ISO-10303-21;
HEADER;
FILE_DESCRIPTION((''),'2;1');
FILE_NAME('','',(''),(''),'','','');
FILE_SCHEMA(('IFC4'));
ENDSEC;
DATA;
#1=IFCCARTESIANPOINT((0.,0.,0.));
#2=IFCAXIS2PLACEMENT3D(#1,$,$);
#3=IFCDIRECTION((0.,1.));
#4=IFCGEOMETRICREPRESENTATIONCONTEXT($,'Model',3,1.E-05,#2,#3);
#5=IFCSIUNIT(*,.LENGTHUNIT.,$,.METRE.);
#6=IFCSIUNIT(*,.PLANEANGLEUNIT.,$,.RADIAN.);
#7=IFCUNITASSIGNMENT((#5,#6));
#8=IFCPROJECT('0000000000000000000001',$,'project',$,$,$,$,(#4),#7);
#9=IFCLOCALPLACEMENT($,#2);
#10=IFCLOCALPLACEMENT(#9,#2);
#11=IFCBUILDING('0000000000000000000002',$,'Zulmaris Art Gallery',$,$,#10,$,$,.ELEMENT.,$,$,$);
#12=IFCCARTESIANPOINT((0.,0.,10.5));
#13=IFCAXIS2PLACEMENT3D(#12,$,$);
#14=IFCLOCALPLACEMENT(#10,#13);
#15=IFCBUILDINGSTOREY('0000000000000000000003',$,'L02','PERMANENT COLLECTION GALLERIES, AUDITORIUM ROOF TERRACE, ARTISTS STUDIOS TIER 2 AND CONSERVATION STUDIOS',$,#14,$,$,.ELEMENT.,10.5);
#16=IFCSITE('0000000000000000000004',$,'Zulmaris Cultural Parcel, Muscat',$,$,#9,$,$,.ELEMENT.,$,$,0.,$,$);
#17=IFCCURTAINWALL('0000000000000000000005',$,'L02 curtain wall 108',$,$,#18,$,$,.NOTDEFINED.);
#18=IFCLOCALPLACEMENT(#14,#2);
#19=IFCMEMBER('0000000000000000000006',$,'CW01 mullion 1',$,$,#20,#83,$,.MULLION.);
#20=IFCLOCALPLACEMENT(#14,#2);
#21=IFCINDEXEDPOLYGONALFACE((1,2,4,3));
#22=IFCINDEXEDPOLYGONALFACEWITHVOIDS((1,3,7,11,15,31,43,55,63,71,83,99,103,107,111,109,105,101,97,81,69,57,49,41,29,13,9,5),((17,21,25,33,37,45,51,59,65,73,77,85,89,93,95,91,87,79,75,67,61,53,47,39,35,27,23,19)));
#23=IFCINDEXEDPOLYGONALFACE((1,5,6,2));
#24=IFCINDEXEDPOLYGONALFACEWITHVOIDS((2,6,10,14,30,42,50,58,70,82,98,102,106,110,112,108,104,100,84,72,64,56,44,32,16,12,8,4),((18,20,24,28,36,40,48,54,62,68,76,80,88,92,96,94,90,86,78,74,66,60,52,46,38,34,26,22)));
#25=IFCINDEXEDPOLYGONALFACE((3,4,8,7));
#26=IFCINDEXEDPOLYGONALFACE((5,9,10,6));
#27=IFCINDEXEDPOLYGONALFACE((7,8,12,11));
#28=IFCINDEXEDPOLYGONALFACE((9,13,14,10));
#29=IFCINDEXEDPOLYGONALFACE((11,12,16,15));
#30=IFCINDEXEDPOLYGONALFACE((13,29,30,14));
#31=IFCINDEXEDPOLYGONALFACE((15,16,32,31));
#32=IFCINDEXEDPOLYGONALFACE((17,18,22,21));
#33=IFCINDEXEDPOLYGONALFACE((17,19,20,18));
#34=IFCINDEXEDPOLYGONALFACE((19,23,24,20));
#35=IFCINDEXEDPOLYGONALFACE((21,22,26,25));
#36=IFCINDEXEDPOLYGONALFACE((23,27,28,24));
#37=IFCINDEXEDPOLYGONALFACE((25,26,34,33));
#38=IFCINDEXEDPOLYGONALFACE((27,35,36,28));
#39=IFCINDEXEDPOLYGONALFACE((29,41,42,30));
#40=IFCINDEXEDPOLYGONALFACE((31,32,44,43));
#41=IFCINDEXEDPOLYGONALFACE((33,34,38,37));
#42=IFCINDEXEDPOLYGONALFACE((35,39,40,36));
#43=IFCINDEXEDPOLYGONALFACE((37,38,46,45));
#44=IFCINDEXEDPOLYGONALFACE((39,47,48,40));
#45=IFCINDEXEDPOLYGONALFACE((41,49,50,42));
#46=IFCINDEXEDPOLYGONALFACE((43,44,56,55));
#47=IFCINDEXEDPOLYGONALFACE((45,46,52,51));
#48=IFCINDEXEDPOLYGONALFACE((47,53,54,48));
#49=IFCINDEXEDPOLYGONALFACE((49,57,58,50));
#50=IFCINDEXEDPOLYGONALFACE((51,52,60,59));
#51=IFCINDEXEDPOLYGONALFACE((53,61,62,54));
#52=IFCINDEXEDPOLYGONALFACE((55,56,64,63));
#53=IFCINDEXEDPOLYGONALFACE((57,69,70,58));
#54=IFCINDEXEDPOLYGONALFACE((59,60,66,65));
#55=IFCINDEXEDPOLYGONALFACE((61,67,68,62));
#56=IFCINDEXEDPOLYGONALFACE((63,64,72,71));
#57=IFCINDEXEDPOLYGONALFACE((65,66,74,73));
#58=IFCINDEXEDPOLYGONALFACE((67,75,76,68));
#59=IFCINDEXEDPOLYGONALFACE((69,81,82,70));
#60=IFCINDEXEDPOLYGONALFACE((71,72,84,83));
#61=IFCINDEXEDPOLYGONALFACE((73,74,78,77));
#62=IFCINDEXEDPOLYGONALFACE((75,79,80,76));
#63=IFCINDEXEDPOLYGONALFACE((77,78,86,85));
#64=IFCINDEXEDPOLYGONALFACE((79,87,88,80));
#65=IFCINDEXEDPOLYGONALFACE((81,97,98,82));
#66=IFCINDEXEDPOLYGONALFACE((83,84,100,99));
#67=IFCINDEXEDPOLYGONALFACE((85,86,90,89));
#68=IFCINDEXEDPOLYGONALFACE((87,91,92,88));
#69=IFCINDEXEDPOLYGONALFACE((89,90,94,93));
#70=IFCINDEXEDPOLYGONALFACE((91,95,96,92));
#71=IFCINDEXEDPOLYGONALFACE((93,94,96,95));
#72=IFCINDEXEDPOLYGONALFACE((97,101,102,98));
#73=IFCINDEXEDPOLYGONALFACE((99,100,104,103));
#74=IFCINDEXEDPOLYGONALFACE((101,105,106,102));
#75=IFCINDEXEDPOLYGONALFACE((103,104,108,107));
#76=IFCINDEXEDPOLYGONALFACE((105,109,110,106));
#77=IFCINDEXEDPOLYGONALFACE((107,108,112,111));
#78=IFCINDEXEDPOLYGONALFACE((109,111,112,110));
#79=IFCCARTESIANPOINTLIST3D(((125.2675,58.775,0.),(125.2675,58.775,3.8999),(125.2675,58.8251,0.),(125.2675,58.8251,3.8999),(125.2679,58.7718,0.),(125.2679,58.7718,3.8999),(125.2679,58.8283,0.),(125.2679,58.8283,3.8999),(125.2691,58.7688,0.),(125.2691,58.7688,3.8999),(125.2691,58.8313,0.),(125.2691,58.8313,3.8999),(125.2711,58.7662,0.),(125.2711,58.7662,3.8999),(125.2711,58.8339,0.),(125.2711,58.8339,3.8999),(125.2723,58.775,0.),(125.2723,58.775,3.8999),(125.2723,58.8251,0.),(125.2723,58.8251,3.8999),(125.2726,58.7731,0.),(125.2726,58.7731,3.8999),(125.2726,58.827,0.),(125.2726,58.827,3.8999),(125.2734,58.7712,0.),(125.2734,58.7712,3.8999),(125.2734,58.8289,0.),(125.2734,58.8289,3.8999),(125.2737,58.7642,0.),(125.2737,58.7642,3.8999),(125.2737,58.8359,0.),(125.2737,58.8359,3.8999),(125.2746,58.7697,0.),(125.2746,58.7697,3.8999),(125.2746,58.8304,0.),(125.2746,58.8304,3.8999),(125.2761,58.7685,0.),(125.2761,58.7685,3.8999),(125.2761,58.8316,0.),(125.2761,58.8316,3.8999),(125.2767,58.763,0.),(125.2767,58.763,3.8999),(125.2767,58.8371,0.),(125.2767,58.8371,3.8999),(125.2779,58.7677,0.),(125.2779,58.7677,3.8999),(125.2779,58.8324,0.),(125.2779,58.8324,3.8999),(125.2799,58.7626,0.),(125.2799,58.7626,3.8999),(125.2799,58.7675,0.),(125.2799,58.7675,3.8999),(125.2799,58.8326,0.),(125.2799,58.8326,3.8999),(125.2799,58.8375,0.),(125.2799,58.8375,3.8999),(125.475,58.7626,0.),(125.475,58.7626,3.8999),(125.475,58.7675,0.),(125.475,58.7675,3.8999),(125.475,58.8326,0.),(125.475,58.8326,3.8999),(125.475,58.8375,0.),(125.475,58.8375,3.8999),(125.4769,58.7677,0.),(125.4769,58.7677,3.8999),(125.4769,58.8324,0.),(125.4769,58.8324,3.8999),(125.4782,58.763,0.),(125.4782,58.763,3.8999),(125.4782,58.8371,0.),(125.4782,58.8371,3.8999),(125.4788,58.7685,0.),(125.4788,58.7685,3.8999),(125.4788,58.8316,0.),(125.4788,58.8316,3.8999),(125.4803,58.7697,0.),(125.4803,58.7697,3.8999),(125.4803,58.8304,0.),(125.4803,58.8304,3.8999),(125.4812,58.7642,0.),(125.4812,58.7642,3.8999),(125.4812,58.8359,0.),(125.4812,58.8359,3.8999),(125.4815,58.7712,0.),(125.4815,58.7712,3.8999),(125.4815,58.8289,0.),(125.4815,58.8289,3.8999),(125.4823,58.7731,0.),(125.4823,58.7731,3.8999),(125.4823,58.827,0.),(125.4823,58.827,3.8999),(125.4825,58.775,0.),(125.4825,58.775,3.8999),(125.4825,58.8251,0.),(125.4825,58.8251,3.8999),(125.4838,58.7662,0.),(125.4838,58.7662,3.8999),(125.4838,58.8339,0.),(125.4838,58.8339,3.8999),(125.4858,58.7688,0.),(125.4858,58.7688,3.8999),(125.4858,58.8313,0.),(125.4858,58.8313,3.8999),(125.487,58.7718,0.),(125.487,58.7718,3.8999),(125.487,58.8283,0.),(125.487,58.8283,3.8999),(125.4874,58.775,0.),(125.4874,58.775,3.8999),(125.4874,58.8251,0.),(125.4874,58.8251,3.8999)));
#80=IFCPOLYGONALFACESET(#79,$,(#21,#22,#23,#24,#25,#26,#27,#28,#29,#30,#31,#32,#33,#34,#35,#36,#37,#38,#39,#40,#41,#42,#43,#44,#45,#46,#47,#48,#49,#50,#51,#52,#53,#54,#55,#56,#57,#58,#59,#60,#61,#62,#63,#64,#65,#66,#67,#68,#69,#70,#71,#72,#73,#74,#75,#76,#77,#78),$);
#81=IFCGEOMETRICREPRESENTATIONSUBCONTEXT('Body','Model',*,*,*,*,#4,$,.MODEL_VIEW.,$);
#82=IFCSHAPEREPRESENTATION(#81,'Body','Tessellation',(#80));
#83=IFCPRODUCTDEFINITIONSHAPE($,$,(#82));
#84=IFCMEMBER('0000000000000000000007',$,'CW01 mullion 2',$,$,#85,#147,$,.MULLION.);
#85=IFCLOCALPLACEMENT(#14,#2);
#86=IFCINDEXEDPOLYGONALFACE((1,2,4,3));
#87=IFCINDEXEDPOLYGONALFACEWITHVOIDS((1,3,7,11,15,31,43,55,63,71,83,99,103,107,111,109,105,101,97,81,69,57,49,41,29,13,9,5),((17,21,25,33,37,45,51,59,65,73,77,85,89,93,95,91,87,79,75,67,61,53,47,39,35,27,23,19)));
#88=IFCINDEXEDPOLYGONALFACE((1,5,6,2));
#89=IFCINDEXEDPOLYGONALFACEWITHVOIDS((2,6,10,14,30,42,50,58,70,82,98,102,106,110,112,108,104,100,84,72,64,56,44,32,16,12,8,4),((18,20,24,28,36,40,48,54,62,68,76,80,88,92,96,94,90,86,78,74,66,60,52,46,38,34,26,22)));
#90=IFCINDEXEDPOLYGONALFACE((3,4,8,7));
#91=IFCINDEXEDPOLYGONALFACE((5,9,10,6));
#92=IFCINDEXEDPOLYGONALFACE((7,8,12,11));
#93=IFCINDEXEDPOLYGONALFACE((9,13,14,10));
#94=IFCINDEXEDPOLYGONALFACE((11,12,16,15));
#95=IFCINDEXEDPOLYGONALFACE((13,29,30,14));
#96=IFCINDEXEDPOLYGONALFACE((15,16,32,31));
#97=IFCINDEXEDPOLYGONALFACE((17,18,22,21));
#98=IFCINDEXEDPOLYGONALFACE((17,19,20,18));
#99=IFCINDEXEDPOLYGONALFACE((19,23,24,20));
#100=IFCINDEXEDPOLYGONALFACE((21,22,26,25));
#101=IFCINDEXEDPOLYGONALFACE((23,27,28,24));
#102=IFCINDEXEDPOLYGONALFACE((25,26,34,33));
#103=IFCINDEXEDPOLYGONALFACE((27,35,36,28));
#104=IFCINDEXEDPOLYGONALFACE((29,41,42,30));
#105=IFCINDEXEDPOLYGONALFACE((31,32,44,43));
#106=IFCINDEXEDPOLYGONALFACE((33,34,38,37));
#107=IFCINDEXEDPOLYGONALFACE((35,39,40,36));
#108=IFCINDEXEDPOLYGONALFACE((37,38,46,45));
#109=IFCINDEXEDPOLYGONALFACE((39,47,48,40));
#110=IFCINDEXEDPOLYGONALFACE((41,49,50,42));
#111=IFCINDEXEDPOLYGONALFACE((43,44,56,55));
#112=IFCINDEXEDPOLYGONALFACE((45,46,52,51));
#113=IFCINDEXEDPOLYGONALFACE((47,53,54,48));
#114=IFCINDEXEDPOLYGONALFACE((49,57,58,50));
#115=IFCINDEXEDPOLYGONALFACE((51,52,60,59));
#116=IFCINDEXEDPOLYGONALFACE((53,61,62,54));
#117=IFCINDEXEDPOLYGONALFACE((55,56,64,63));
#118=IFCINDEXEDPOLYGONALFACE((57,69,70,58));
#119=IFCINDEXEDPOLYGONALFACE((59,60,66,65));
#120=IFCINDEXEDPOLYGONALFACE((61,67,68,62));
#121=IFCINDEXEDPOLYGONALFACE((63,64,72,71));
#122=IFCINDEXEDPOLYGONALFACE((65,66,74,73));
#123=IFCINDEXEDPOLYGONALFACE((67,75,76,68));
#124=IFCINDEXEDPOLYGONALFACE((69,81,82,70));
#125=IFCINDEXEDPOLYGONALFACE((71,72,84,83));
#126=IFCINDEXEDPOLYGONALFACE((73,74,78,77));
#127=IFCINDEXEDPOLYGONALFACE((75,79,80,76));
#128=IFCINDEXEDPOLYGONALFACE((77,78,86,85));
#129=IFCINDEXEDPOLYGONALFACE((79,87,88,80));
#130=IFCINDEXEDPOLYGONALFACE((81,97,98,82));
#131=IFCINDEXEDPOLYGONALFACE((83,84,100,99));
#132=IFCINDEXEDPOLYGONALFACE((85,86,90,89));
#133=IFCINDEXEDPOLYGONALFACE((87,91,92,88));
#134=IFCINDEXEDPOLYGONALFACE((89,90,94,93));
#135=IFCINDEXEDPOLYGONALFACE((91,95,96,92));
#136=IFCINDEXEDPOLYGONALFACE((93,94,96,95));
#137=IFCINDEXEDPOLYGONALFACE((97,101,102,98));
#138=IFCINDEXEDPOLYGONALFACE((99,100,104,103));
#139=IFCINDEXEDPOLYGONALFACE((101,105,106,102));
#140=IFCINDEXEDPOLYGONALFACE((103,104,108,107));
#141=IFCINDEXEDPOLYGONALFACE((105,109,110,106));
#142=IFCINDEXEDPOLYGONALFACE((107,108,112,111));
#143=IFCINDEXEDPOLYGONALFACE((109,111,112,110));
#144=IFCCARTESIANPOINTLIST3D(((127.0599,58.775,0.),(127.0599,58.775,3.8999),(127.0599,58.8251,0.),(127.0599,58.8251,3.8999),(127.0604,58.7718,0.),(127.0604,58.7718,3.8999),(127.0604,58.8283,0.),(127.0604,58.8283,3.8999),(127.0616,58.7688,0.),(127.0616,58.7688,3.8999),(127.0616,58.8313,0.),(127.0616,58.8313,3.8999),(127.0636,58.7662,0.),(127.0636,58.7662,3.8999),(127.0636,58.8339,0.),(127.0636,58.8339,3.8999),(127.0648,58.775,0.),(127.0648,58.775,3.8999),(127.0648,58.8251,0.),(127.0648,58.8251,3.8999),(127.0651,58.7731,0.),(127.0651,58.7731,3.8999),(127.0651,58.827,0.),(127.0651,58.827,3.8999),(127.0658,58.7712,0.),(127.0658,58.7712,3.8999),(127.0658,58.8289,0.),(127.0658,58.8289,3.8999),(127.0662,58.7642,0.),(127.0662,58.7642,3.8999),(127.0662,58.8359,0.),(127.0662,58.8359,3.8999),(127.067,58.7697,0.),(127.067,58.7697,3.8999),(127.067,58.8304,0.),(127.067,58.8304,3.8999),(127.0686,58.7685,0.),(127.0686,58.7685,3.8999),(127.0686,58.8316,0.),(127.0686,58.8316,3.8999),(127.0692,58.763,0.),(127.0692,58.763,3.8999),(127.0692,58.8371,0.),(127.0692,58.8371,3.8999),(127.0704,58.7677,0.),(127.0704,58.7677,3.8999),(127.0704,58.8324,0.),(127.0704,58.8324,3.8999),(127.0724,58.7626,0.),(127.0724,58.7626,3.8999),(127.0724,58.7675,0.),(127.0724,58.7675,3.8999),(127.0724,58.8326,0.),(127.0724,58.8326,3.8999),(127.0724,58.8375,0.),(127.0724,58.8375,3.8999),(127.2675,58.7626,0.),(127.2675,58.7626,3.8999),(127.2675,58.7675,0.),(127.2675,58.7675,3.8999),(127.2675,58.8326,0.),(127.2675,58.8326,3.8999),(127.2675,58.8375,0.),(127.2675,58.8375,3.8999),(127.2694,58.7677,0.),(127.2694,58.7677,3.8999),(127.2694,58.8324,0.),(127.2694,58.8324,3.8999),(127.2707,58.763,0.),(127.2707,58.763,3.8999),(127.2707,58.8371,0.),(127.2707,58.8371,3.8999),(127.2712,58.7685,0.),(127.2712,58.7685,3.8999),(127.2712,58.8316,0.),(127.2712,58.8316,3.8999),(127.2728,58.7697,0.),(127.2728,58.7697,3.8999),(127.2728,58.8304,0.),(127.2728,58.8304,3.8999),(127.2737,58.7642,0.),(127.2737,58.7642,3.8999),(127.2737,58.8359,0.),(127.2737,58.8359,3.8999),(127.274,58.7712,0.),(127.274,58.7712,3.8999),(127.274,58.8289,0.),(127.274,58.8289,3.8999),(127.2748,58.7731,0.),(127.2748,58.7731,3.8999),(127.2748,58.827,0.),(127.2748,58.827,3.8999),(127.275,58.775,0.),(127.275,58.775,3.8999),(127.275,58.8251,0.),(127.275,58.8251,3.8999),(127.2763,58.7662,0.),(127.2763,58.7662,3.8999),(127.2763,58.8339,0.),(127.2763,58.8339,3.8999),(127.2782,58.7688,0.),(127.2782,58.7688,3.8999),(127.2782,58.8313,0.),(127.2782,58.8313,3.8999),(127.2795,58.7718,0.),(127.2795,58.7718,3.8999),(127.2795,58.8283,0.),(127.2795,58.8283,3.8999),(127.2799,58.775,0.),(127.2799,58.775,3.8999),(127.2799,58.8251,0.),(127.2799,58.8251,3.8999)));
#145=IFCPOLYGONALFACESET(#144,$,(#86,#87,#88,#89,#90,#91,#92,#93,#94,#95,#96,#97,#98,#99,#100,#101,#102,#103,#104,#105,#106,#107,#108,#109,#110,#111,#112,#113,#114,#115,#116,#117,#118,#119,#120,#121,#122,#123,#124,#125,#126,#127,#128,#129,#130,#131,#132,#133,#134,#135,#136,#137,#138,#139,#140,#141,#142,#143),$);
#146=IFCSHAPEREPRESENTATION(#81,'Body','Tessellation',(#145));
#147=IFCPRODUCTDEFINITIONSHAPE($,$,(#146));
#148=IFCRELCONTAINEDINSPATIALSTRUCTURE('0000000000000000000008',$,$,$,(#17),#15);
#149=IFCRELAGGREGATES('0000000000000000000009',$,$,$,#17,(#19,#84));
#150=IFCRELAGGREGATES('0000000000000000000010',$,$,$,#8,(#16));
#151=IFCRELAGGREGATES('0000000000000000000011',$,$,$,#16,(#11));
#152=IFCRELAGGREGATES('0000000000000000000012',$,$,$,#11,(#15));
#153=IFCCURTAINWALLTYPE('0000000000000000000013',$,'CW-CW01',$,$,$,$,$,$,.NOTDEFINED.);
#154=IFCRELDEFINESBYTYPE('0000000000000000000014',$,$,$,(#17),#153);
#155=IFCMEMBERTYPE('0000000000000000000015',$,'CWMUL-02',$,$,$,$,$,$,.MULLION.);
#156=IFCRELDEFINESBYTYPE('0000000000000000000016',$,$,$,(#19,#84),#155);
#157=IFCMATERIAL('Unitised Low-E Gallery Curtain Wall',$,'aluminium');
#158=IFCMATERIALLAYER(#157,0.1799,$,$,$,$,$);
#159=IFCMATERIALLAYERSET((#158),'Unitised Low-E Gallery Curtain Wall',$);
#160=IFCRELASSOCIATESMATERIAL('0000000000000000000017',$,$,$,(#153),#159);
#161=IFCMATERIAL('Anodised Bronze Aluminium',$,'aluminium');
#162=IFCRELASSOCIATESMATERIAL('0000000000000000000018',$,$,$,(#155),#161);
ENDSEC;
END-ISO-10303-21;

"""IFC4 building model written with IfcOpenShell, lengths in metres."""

from ifc_helpers import new_model, si_unit, direction, frame, origin, origin_2d, place, context, subcontext, project, spatial, hollow_rectangle, extrude, material, layer, layer_set, material_profile, profile_set, type_object, element, aggregate, save


model = new_model("IFC4")

# Units and contexts
model_context = context("Model", 3, precision=1e-05, world=origin(), true_north=direction((0.0, 1.0)))
body_context = subcontext(model_context, "Body", "Model", "MODEL_VIEW")
ifc_project = project(units=[si_unit("LENGTHUNIT", "METRE"), si_unit("PLANEANGLEUNIT", "RADIAN")], contexts=[model_context])

# Site, building, storey
site_placement = place(None, origin())
site = spatial("IfcSite", under=ifc_project, at=site_placement, Name="Zulmaris Cultural Parcel, Muscat", CompositionType="ELEMENT", RefElevation=0.0)
building_placement = place(site_placement, origin())
building = spatial("IfcBuilding", under=site, at=building_placement, Name="Zulmaris Art Gallery", CompositionType="ELEMENT")
storey_placement = place(building_placement, frame((0.0, 0.0, 10.5)))
storey = spatial("IfcBuildingStorey", under=building, at=storey_placement, Name="L02", Description="PERMANENT COLLECTION GALLERIES, AUDITORIUM ROOF TERRACE, ARTISTS STUDIOS TIER 2 AND CONSERVATION STUDIOS", CompositionType="ELEMENT", Elevation=10.5)

# Curtain wall, members
ifc_material_1 = material(Name="Unitised Low-E Gallery Curtain Wall", Category="aluminium")
ifc_layer_1 = layer(ifc_material_1, 0.1799)
ifc_layer_set_1 = layer_set([ifc_layer_1], Name="Unitised Low-E Gallery Curtain Wall")
curtain_wall_type = type_object("IfcCurtainWallType", Name="CW-CW01", PredefinedType="NOTDEFINED", material=ifc_layer_set_1)
ifc_material_2 = material(Name="Anodised Bronze Aluminium", Category="aluminium")
ifc_material_profile_1 = material_profile(ifc_material_2, hollow_rectangle(XDim=0.075, YDim=0.22, WallThickness=0.0049, InnerFilletRadius=0.0076, OuterFilletRadius=0.0125, at=origin_2d()), Name="ALU 75x220x5")
ifc_profile_set_1 = profile_set([ifc_material_profile_1], Name="Anodised Bronze Aluminium")
member_type_1 = type_object("IfcMemberType", Name="CWMUL-02", PredefinedType="MULLION", material=ifc_profile_set_1)
curtain_wall_1_placement = place(storey_placement, origin())
curtain_wall_1 = element("IfcCurtainWall", 1, at=curtain_wall_1_placement, inside=storey, type_object=curtain_wall_type, Name="L02 curtain wall 108", PredefinedType="NOTDEFINED")
member_1_placement = place(storey_placement, frame((125.3774, 58.8, 0.0), z_axis=(0.0, 0.0, 1.0), x_axis=(0.0, 1.0, 0.0)))
member_1 = element("IfcMember", 2, at=member_1_placement, type_object=member_type_1, Name="CW01 mullion 1", PredefinedType="MULLION", context=body_context, shape_type="SweptSolid", body=[
    extrude(hollow_rectangle(XDim=0.075, YDim=0.22, WallThickness=0.0049, InnerFilletRadius=0.0076, OuterFilletRadius=0.0125, at=origin_2d()), origin(), (0.0, 0.0, 1.0), 3.8999),
])
member_2_placement = place(storey_placement, frame((127.1699, 58.8, 0.0), z_axis=(0.0, 0.0, 1.0), x_axis=(0.0, 1.0, 0.0)))
member_2 = element("IfcMember", 3, at=member_2_placement, type_object=member_type_1, Name="CW01 mullion 2", PredefinedType="MULLION", context=body_context, shape_type="SweptSolid", body=[
    extrude(hollow_rectangle(XDim=0.075, YDim=0.22, WallThickness=0.0049, InnerFilletRadius=0.0076, OuterFilletRadius=0.0125, at=origin_2d()), origin(), (0.0, 0.0, 1.0), 3.8999),
])

aggregate(curtain_wall_1, [member_1, member_2])

save(model, "model.ifc")
